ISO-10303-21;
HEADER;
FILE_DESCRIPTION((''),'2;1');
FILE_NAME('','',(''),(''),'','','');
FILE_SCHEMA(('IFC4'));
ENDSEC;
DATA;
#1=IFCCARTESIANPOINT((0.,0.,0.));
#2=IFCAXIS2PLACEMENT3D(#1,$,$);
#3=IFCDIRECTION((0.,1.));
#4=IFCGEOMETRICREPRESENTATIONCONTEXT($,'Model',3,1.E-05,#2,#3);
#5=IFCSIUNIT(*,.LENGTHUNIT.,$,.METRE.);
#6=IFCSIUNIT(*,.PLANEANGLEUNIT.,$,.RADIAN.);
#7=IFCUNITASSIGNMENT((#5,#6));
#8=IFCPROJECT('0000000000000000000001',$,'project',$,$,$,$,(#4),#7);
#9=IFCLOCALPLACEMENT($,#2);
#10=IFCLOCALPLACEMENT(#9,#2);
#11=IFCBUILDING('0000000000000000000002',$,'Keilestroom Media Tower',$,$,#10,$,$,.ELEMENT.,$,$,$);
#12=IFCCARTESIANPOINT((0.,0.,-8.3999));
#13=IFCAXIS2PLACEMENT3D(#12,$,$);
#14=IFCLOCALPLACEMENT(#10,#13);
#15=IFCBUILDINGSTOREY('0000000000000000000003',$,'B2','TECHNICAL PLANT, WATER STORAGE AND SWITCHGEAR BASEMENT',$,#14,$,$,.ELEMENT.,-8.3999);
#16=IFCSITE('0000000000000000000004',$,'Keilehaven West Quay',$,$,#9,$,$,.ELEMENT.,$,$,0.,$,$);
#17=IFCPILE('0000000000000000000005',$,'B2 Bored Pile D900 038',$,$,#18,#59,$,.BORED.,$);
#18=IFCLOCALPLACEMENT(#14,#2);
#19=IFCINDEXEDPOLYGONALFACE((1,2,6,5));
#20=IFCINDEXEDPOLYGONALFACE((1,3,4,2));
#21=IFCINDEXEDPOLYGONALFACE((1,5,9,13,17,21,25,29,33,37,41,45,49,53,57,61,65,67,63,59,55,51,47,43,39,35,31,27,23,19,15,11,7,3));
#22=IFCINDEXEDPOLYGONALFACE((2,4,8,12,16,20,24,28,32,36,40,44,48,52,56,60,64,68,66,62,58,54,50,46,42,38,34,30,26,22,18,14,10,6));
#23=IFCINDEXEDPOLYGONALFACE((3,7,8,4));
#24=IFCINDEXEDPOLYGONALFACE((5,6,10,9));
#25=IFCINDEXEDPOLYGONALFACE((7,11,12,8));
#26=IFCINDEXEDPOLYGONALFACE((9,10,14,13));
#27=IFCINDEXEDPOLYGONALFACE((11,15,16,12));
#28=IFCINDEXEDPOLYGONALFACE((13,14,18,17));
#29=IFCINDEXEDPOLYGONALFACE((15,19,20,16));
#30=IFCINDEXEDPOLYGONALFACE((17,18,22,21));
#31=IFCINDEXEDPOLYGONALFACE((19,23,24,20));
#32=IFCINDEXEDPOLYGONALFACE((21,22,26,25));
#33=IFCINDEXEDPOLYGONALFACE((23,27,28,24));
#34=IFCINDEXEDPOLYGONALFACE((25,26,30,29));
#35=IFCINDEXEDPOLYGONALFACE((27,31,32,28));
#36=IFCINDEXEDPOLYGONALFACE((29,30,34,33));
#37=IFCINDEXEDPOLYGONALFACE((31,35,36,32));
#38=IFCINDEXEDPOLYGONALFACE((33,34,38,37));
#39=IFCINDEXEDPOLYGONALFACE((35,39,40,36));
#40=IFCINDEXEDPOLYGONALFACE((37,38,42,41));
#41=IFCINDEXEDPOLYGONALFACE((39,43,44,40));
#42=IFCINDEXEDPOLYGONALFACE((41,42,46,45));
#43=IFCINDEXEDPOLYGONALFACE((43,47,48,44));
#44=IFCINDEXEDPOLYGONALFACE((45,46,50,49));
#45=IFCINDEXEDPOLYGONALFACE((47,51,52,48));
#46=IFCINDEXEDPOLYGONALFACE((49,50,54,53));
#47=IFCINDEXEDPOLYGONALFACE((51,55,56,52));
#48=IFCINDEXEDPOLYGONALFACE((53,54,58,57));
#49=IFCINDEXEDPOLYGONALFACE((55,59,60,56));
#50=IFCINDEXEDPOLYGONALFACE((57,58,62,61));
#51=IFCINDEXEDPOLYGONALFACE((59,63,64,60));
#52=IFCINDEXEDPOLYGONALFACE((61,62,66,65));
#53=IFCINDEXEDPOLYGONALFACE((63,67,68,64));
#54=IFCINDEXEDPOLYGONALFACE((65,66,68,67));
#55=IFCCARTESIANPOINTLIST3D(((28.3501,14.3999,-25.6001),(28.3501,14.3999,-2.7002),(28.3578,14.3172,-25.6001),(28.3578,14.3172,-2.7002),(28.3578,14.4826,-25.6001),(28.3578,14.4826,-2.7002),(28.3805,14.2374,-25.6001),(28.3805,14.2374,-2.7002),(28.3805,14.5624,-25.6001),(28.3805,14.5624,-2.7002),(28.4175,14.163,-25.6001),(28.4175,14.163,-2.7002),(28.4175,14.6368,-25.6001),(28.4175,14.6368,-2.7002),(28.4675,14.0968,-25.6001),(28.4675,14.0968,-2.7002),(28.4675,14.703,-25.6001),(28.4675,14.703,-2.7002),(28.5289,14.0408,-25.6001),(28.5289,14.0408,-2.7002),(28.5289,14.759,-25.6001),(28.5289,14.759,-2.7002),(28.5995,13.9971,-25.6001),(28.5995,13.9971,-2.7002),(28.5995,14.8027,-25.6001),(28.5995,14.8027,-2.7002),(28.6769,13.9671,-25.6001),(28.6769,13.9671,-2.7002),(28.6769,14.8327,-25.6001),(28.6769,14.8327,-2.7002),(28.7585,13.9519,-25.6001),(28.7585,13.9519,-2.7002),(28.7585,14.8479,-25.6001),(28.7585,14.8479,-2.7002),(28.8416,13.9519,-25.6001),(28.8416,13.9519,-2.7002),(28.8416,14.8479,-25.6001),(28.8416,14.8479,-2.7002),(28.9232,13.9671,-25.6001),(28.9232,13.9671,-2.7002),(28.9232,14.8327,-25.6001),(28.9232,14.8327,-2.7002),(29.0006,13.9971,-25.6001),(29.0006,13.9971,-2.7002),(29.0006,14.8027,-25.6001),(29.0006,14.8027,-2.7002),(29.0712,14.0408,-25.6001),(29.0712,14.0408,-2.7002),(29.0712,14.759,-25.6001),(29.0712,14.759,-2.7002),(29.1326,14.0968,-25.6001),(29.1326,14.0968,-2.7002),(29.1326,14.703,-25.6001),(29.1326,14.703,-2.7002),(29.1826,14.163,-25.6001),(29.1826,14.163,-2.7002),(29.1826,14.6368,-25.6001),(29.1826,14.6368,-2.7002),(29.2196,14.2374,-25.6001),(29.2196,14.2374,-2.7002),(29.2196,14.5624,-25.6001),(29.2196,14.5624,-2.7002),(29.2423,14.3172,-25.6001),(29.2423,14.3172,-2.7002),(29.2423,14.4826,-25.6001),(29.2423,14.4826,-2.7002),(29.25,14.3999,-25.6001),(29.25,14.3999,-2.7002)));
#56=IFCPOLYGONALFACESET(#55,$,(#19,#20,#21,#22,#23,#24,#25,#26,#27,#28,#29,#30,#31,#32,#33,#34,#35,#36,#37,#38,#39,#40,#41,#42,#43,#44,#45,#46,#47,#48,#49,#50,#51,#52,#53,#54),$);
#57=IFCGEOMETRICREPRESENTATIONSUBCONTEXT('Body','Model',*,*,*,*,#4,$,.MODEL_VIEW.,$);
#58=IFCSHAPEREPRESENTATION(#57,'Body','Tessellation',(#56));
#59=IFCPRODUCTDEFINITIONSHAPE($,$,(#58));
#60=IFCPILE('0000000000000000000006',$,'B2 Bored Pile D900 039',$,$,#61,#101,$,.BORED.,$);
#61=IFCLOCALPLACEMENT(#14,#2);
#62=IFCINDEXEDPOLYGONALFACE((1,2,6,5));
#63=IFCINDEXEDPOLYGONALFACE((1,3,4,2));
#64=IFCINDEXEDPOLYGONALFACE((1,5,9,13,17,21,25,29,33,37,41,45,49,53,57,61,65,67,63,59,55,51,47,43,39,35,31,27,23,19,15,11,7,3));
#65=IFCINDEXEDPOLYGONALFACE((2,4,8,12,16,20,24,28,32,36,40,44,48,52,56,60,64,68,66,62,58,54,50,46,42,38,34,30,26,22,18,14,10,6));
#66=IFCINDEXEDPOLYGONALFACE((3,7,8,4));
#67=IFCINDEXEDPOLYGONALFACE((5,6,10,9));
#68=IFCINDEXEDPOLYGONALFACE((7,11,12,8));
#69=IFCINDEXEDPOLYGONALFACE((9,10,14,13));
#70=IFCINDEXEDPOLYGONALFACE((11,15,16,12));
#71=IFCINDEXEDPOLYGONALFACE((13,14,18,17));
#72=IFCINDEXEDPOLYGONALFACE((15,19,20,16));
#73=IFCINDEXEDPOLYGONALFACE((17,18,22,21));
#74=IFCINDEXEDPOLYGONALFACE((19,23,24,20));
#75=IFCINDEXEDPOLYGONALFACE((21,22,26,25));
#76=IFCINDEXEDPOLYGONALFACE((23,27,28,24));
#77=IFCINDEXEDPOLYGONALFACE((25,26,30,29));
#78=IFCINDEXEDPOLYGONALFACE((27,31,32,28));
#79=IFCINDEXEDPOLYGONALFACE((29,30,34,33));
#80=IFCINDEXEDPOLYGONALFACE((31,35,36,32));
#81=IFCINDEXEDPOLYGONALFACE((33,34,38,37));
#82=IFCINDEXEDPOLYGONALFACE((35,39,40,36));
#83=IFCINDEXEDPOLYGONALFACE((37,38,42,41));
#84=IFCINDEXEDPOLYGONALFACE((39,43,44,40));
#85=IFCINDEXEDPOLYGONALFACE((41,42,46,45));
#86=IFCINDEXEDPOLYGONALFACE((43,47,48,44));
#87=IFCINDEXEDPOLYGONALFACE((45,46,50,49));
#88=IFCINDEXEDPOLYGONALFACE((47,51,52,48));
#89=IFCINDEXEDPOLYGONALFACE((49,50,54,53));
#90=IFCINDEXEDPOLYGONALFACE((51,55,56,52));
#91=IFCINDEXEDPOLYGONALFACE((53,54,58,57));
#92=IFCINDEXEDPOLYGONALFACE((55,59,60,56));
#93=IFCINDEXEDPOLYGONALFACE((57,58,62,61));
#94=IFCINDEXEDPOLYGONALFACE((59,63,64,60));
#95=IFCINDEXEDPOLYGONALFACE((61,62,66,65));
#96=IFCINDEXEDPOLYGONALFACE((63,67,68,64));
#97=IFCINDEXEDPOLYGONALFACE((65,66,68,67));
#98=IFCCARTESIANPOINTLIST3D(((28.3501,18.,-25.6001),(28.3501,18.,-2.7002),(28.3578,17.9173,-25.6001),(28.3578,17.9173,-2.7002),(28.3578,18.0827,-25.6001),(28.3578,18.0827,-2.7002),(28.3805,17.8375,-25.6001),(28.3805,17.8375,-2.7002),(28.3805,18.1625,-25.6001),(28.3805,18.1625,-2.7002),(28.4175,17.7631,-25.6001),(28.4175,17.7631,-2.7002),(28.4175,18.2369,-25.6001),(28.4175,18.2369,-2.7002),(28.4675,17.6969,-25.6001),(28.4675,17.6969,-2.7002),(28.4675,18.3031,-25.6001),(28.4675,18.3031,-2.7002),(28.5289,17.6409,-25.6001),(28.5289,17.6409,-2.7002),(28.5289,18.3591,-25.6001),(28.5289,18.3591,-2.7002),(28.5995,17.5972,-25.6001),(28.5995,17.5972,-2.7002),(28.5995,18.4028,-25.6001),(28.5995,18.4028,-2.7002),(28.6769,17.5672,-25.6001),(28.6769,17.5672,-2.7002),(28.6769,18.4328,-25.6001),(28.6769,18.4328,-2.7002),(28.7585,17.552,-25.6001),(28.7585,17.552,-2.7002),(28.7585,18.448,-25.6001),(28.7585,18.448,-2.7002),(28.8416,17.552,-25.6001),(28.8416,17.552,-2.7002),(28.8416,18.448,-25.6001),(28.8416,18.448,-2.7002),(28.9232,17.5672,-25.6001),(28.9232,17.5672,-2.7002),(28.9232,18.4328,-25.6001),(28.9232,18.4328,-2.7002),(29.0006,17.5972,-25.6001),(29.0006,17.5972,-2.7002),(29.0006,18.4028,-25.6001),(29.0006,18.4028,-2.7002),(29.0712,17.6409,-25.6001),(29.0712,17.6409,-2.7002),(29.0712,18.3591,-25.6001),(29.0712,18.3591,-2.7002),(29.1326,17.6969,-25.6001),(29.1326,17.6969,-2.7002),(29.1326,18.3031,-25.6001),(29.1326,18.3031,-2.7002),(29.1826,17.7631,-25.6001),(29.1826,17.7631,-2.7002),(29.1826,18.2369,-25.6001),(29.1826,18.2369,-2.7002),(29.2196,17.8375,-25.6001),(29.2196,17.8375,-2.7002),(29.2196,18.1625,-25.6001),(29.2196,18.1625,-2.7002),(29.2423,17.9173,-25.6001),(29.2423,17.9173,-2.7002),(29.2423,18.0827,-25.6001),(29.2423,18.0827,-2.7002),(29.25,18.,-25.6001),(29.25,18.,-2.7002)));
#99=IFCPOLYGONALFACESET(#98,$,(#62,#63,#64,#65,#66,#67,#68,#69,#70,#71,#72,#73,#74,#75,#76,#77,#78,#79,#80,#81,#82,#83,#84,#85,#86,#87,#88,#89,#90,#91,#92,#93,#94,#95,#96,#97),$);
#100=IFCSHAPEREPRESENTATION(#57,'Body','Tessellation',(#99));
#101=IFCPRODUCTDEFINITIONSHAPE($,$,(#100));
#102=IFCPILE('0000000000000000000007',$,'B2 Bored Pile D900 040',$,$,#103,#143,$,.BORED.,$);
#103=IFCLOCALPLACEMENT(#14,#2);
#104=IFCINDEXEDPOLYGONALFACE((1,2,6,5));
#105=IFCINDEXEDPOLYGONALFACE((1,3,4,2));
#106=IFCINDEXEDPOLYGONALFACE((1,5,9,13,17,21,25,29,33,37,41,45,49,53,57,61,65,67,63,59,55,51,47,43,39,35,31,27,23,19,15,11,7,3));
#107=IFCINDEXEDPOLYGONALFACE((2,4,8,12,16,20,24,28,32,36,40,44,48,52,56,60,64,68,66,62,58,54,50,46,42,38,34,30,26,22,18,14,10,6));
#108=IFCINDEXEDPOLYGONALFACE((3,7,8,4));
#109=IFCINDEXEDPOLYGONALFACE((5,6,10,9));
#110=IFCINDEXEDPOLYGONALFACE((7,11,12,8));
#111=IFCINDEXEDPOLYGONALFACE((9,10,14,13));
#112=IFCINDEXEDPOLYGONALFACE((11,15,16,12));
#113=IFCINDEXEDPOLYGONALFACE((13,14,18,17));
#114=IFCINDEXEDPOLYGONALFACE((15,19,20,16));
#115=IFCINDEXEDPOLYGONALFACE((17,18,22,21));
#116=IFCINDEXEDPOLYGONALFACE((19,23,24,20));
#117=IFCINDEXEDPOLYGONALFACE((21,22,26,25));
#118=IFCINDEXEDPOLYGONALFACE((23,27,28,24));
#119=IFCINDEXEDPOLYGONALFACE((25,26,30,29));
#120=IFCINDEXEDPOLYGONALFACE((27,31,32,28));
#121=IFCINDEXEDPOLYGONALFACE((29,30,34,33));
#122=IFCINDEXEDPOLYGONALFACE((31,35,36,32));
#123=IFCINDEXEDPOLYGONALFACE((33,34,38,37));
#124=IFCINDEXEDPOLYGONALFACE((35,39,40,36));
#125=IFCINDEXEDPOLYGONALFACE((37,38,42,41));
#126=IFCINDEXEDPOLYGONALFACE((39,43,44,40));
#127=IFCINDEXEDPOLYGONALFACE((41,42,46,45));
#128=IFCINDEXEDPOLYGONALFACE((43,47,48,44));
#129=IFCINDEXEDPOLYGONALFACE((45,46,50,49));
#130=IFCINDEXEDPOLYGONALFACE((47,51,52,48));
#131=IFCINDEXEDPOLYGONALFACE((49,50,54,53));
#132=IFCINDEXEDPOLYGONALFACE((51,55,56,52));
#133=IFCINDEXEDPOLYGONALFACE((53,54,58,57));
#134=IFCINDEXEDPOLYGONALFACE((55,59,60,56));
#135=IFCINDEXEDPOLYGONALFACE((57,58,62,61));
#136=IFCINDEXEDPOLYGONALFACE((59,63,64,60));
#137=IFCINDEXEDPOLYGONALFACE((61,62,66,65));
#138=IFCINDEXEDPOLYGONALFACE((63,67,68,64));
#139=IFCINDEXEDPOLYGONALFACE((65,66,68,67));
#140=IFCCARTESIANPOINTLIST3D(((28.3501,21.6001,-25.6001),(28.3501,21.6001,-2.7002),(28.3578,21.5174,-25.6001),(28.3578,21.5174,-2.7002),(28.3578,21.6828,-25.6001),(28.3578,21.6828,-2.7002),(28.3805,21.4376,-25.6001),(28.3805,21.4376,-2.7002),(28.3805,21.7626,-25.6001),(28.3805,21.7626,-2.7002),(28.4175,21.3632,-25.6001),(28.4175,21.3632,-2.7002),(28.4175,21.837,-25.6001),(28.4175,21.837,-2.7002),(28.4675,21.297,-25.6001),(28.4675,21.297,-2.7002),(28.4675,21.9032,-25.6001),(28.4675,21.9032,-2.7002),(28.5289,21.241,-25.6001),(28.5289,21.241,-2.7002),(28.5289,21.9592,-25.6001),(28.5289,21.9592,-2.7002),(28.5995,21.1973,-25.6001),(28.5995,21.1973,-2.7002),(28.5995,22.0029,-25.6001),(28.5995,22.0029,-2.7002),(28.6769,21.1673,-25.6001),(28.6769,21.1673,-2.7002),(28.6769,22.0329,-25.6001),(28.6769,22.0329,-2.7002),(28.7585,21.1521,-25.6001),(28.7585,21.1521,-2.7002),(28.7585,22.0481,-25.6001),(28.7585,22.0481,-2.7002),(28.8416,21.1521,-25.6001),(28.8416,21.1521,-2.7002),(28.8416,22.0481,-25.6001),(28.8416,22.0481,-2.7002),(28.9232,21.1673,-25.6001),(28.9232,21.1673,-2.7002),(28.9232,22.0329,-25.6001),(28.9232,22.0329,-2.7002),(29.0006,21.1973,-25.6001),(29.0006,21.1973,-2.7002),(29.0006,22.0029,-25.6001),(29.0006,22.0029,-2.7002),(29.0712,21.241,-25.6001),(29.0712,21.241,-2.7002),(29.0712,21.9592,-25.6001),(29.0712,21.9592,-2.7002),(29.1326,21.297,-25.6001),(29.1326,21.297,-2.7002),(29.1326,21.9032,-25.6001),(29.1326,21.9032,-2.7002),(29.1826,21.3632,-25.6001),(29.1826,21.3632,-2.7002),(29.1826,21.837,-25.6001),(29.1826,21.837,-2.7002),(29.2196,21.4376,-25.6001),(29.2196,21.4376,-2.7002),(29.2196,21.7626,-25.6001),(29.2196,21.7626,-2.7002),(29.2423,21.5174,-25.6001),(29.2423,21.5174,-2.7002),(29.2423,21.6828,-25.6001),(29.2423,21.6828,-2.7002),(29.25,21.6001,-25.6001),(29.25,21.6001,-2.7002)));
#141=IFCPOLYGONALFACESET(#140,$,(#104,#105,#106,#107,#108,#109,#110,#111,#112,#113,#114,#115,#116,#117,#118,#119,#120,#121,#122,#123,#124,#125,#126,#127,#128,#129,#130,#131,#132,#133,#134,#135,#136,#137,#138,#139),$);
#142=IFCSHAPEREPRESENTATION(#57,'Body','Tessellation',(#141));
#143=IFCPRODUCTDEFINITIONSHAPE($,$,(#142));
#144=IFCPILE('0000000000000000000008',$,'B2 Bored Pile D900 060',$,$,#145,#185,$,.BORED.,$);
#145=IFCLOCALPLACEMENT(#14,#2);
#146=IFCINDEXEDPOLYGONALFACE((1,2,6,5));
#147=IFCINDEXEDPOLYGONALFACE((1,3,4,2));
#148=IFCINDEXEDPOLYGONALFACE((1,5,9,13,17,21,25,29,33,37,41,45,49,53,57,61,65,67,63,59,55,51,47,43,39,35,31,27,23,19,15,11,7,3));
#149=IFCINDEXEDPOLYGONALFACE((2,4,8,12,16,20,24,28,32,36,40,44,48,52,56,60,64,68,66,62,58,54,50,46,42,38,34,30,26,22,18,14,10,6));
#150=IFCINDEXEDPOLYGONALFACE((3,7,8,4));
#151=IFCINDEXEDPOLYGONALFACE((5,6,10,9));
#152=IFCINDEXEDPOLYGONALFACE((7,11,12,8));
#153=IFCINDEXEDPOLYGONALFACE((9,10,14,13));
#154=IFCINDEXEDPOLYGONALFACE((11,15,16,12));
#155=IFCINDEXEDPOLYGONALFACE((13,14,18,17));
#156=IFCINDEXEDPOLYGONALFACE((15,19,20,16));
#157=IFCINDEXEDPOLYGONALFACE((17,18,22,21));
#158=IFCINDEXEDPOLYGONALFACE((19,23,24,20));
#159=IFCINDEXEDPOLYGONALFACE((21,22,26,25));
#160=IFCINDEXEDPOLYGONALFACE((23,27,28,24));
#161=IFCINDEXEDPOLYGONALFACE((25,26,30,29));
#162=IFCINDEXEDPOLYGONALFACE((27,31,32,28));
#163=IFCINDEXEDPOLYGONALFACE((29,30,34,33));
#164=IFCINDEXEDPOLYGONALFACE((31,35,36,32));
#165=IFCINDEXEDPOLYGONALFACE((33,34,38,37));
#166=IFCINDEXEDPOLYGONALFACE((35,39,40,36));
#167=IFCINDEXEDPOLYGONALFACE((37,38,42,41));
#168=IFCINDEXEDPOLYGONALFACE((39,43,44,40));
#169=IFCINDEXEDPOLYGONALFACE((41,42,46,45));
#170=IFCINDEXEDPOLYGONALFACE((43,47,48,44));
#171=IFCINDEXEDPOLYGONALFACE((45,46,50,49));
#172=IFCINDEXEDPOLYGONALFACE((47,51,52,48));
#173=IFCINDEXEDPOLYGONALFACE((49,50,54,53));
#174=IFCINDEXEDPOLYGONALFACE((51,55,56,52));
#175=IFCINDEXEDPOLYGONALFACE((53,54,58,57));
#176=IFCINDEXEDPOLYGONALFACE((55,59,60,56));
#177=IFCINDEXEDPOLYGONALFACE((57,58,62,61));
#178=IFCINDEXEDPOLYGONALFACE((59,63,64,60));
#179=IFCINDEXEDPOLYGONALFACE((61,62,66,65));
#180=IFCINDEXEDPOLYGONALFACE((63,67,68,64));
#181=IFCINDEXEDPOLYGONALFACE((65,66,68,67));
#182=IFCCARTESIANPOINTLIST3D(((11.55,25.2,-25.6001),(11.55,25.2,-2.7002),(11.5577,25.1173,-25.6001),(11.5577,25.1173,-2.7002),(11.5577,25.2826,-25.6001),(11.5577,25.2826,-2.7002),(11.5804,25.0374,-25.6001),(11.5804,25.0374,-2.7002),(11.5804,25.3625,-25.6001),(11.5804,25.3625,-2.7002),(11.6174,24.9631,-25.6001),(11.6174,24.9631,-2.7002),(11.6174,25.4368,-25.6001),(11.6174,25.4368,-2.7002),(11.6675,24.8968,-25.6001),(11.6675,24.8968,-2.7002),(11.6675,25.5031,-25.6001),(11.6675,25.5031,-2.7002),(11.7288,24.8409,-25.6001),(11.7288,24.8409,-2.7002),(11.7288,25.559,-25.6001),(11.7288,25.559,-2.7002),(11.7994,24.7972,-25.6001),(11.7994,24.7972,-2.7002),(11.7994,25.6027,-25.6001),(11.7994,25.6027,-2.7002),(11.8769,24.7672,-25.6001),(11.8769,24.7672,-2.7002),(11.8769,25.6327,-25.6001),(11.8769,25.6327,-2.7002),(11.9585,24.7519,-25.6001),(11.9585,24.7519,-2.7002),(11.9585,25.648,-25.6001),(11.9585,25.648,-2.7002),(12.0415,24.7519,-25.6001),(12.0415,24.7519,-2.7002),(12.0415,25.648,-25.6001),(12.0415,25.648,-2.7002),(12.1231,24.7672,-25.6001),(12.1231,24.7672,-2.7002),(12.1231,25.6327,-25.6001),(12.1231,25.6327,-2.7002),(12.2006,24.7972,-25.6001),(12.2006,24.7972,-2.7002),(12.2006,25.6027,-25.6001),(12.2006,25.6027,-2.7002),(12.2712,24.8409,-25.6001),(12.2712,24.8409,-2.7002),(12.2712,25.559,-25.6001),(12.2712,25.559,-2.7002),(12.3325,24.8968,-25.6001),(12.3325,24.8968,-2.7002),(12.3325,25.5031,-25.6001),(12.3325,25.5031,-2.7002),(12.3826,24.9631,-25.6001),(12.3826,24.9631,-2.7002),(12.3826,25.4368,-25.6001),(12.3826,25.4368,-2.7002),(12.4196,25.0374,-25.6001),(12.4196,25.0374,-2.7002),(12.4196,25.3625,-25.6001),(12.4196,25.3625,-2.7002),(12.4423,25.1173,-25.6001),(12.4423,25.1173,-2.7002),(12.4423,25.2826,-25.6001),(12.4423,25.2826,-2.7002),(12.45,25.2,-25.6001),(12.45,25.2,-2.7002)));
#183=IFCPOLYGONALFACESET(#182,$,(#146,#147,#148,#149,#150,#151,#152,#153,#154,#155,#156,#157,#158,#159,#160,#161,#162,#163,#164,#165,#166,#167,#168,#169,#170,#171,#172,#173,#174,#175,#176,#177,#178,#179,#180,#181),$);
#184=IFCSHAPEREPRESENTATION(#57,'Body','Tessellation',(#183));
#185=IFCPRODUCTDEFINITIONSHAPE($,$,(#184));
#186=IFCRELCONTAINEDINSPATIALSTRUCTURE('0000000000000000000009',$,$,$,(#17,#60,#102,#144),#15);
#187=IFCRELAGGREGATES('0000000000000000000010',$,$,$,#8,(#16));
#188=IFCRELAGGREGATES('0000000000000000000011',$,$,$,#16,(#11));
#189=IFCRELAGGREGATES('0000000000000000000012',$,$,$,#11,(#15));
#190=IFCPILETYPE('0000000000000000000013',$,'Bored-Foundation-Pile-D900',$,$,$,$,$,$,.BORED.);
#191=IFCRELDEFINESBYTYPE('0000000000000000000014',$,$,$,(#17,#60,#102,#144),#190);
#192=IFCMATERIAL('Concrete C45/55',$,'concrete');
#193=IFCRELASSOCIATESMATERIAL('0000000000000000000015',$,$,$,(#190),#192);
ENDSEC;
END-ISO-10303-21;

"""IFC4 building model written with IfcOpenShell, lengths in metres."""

from ifc_helpers import new_model, si_unit, direction, frame, origin, origin_2d, place, context, subcontext, project, spatial, circle, extrude, source, transform, mapped, material, material_profile, profile_set, type_object, element, save


model = new_model("IFC4")

# Units and contexts
model_context = context("Model", 3, precision=1e-05, world=origin(), true_north=direction((0.0, 1.0)))
body_context = subcontext(model_context, "Body", "Model", "MODEL_VIEW")
ifc_project = project(units=[si_unit("LENGTHUNIT", "METRE"), si_unit("PLANEANGLEUNIT", "RADIAN")], contexts=[model_context])

# Site, building, storey
site_placement = place(None, origin())
site = spatial("IfcSite", under=ifc_project, at=site_placement, Name="Keilehaven West Quay", CompositionType="ELEMENT", RefElevation=0.0)
building_placement = place(site_placement, origin())
building = spatial("IfcBuilding", under=site, at=building_placement, Name="Keilestroom Media Tower", CompositionType="ELEMENT")
storey_placement = place(building_placement, frame((0.0, 0.0, -8.3999)))
storey = spatial("IfcBuildingStorey", under=building, at=storey_placement, Name="B2", Description="TECHNICAL PLANT, WATER STORAGE AND SWITCHGEAR BASEMENT", CompositionType="ELEMENT", Elevation=-8.3999)

# Piles
ifc_material_1 = material(Name="Concrete C45/55", Category="concrete")
ifc_material_profile_1 = material_profile(ifc_material_1, circle(Radius=0.45, at=origin_2d()), Name="BORED PILE D900")
ifc_profile_set_1 = profile_set([ifc_material_profile_1], Name="Concrete C45/55")
pile_type_1 = type_object("IfcPileType", Name="Bored-Foundation-Pile-D900", PredefinedType="BORED", material=ifc_profile_set_1)
shared_shape_1 = source(origin(), body_context, "Body", "SweptSolid", [
    extrude(circle(Radius=0.45, at=origin_2d()), origin(), (0.0, 0.0, 1.0), 22.8999),
])
for number, where, z_axis, x_axis, name in (
    (1, (28.8, 14.3999, -2.7002), (0.0, 0.0, -1.0), (1.0, 0.0, 0.0), "B2 Bored Pile D900 038"),
    (2, (28.8, 18.0, -2.7002), (0.0, 0.0, -1.0), (1.0, 0.0, 0.0), "B2 Bored Pile D900 039"),
    (3, (28.8, 21.6001, -2.7002), (0.0, 0.0, -1.0), (1.0, 0.0, 0.0), "B2 Bored Pile D900 040"),
    (4, (12.0, 25.2, -2.7002), (0.0, 0.0, -1.0), (1.0, 0.0, 0.0), "B2 Bored Pile D900 060"),
):
    element("IfcPile", number, at=place(storey_placement, frame(where, z_axis=z_axis, x_axis=x_axis)), inside=storey, type_object=pile_type_1, Name=name, PredefinedType="BORED", context=body_context, shape_type="MappedRepresentation", body=[
        mapped(shared_shape_1, transform((0.0, 0.0, 0.0), x_axis=(1.0, 0.0, 0.0), y_axis=(0.0, 1.0, 0.0), z_axis=(0.0, 0.0, 1.0), scale=1.0)),
    ])

save(model, "model.ifc")
